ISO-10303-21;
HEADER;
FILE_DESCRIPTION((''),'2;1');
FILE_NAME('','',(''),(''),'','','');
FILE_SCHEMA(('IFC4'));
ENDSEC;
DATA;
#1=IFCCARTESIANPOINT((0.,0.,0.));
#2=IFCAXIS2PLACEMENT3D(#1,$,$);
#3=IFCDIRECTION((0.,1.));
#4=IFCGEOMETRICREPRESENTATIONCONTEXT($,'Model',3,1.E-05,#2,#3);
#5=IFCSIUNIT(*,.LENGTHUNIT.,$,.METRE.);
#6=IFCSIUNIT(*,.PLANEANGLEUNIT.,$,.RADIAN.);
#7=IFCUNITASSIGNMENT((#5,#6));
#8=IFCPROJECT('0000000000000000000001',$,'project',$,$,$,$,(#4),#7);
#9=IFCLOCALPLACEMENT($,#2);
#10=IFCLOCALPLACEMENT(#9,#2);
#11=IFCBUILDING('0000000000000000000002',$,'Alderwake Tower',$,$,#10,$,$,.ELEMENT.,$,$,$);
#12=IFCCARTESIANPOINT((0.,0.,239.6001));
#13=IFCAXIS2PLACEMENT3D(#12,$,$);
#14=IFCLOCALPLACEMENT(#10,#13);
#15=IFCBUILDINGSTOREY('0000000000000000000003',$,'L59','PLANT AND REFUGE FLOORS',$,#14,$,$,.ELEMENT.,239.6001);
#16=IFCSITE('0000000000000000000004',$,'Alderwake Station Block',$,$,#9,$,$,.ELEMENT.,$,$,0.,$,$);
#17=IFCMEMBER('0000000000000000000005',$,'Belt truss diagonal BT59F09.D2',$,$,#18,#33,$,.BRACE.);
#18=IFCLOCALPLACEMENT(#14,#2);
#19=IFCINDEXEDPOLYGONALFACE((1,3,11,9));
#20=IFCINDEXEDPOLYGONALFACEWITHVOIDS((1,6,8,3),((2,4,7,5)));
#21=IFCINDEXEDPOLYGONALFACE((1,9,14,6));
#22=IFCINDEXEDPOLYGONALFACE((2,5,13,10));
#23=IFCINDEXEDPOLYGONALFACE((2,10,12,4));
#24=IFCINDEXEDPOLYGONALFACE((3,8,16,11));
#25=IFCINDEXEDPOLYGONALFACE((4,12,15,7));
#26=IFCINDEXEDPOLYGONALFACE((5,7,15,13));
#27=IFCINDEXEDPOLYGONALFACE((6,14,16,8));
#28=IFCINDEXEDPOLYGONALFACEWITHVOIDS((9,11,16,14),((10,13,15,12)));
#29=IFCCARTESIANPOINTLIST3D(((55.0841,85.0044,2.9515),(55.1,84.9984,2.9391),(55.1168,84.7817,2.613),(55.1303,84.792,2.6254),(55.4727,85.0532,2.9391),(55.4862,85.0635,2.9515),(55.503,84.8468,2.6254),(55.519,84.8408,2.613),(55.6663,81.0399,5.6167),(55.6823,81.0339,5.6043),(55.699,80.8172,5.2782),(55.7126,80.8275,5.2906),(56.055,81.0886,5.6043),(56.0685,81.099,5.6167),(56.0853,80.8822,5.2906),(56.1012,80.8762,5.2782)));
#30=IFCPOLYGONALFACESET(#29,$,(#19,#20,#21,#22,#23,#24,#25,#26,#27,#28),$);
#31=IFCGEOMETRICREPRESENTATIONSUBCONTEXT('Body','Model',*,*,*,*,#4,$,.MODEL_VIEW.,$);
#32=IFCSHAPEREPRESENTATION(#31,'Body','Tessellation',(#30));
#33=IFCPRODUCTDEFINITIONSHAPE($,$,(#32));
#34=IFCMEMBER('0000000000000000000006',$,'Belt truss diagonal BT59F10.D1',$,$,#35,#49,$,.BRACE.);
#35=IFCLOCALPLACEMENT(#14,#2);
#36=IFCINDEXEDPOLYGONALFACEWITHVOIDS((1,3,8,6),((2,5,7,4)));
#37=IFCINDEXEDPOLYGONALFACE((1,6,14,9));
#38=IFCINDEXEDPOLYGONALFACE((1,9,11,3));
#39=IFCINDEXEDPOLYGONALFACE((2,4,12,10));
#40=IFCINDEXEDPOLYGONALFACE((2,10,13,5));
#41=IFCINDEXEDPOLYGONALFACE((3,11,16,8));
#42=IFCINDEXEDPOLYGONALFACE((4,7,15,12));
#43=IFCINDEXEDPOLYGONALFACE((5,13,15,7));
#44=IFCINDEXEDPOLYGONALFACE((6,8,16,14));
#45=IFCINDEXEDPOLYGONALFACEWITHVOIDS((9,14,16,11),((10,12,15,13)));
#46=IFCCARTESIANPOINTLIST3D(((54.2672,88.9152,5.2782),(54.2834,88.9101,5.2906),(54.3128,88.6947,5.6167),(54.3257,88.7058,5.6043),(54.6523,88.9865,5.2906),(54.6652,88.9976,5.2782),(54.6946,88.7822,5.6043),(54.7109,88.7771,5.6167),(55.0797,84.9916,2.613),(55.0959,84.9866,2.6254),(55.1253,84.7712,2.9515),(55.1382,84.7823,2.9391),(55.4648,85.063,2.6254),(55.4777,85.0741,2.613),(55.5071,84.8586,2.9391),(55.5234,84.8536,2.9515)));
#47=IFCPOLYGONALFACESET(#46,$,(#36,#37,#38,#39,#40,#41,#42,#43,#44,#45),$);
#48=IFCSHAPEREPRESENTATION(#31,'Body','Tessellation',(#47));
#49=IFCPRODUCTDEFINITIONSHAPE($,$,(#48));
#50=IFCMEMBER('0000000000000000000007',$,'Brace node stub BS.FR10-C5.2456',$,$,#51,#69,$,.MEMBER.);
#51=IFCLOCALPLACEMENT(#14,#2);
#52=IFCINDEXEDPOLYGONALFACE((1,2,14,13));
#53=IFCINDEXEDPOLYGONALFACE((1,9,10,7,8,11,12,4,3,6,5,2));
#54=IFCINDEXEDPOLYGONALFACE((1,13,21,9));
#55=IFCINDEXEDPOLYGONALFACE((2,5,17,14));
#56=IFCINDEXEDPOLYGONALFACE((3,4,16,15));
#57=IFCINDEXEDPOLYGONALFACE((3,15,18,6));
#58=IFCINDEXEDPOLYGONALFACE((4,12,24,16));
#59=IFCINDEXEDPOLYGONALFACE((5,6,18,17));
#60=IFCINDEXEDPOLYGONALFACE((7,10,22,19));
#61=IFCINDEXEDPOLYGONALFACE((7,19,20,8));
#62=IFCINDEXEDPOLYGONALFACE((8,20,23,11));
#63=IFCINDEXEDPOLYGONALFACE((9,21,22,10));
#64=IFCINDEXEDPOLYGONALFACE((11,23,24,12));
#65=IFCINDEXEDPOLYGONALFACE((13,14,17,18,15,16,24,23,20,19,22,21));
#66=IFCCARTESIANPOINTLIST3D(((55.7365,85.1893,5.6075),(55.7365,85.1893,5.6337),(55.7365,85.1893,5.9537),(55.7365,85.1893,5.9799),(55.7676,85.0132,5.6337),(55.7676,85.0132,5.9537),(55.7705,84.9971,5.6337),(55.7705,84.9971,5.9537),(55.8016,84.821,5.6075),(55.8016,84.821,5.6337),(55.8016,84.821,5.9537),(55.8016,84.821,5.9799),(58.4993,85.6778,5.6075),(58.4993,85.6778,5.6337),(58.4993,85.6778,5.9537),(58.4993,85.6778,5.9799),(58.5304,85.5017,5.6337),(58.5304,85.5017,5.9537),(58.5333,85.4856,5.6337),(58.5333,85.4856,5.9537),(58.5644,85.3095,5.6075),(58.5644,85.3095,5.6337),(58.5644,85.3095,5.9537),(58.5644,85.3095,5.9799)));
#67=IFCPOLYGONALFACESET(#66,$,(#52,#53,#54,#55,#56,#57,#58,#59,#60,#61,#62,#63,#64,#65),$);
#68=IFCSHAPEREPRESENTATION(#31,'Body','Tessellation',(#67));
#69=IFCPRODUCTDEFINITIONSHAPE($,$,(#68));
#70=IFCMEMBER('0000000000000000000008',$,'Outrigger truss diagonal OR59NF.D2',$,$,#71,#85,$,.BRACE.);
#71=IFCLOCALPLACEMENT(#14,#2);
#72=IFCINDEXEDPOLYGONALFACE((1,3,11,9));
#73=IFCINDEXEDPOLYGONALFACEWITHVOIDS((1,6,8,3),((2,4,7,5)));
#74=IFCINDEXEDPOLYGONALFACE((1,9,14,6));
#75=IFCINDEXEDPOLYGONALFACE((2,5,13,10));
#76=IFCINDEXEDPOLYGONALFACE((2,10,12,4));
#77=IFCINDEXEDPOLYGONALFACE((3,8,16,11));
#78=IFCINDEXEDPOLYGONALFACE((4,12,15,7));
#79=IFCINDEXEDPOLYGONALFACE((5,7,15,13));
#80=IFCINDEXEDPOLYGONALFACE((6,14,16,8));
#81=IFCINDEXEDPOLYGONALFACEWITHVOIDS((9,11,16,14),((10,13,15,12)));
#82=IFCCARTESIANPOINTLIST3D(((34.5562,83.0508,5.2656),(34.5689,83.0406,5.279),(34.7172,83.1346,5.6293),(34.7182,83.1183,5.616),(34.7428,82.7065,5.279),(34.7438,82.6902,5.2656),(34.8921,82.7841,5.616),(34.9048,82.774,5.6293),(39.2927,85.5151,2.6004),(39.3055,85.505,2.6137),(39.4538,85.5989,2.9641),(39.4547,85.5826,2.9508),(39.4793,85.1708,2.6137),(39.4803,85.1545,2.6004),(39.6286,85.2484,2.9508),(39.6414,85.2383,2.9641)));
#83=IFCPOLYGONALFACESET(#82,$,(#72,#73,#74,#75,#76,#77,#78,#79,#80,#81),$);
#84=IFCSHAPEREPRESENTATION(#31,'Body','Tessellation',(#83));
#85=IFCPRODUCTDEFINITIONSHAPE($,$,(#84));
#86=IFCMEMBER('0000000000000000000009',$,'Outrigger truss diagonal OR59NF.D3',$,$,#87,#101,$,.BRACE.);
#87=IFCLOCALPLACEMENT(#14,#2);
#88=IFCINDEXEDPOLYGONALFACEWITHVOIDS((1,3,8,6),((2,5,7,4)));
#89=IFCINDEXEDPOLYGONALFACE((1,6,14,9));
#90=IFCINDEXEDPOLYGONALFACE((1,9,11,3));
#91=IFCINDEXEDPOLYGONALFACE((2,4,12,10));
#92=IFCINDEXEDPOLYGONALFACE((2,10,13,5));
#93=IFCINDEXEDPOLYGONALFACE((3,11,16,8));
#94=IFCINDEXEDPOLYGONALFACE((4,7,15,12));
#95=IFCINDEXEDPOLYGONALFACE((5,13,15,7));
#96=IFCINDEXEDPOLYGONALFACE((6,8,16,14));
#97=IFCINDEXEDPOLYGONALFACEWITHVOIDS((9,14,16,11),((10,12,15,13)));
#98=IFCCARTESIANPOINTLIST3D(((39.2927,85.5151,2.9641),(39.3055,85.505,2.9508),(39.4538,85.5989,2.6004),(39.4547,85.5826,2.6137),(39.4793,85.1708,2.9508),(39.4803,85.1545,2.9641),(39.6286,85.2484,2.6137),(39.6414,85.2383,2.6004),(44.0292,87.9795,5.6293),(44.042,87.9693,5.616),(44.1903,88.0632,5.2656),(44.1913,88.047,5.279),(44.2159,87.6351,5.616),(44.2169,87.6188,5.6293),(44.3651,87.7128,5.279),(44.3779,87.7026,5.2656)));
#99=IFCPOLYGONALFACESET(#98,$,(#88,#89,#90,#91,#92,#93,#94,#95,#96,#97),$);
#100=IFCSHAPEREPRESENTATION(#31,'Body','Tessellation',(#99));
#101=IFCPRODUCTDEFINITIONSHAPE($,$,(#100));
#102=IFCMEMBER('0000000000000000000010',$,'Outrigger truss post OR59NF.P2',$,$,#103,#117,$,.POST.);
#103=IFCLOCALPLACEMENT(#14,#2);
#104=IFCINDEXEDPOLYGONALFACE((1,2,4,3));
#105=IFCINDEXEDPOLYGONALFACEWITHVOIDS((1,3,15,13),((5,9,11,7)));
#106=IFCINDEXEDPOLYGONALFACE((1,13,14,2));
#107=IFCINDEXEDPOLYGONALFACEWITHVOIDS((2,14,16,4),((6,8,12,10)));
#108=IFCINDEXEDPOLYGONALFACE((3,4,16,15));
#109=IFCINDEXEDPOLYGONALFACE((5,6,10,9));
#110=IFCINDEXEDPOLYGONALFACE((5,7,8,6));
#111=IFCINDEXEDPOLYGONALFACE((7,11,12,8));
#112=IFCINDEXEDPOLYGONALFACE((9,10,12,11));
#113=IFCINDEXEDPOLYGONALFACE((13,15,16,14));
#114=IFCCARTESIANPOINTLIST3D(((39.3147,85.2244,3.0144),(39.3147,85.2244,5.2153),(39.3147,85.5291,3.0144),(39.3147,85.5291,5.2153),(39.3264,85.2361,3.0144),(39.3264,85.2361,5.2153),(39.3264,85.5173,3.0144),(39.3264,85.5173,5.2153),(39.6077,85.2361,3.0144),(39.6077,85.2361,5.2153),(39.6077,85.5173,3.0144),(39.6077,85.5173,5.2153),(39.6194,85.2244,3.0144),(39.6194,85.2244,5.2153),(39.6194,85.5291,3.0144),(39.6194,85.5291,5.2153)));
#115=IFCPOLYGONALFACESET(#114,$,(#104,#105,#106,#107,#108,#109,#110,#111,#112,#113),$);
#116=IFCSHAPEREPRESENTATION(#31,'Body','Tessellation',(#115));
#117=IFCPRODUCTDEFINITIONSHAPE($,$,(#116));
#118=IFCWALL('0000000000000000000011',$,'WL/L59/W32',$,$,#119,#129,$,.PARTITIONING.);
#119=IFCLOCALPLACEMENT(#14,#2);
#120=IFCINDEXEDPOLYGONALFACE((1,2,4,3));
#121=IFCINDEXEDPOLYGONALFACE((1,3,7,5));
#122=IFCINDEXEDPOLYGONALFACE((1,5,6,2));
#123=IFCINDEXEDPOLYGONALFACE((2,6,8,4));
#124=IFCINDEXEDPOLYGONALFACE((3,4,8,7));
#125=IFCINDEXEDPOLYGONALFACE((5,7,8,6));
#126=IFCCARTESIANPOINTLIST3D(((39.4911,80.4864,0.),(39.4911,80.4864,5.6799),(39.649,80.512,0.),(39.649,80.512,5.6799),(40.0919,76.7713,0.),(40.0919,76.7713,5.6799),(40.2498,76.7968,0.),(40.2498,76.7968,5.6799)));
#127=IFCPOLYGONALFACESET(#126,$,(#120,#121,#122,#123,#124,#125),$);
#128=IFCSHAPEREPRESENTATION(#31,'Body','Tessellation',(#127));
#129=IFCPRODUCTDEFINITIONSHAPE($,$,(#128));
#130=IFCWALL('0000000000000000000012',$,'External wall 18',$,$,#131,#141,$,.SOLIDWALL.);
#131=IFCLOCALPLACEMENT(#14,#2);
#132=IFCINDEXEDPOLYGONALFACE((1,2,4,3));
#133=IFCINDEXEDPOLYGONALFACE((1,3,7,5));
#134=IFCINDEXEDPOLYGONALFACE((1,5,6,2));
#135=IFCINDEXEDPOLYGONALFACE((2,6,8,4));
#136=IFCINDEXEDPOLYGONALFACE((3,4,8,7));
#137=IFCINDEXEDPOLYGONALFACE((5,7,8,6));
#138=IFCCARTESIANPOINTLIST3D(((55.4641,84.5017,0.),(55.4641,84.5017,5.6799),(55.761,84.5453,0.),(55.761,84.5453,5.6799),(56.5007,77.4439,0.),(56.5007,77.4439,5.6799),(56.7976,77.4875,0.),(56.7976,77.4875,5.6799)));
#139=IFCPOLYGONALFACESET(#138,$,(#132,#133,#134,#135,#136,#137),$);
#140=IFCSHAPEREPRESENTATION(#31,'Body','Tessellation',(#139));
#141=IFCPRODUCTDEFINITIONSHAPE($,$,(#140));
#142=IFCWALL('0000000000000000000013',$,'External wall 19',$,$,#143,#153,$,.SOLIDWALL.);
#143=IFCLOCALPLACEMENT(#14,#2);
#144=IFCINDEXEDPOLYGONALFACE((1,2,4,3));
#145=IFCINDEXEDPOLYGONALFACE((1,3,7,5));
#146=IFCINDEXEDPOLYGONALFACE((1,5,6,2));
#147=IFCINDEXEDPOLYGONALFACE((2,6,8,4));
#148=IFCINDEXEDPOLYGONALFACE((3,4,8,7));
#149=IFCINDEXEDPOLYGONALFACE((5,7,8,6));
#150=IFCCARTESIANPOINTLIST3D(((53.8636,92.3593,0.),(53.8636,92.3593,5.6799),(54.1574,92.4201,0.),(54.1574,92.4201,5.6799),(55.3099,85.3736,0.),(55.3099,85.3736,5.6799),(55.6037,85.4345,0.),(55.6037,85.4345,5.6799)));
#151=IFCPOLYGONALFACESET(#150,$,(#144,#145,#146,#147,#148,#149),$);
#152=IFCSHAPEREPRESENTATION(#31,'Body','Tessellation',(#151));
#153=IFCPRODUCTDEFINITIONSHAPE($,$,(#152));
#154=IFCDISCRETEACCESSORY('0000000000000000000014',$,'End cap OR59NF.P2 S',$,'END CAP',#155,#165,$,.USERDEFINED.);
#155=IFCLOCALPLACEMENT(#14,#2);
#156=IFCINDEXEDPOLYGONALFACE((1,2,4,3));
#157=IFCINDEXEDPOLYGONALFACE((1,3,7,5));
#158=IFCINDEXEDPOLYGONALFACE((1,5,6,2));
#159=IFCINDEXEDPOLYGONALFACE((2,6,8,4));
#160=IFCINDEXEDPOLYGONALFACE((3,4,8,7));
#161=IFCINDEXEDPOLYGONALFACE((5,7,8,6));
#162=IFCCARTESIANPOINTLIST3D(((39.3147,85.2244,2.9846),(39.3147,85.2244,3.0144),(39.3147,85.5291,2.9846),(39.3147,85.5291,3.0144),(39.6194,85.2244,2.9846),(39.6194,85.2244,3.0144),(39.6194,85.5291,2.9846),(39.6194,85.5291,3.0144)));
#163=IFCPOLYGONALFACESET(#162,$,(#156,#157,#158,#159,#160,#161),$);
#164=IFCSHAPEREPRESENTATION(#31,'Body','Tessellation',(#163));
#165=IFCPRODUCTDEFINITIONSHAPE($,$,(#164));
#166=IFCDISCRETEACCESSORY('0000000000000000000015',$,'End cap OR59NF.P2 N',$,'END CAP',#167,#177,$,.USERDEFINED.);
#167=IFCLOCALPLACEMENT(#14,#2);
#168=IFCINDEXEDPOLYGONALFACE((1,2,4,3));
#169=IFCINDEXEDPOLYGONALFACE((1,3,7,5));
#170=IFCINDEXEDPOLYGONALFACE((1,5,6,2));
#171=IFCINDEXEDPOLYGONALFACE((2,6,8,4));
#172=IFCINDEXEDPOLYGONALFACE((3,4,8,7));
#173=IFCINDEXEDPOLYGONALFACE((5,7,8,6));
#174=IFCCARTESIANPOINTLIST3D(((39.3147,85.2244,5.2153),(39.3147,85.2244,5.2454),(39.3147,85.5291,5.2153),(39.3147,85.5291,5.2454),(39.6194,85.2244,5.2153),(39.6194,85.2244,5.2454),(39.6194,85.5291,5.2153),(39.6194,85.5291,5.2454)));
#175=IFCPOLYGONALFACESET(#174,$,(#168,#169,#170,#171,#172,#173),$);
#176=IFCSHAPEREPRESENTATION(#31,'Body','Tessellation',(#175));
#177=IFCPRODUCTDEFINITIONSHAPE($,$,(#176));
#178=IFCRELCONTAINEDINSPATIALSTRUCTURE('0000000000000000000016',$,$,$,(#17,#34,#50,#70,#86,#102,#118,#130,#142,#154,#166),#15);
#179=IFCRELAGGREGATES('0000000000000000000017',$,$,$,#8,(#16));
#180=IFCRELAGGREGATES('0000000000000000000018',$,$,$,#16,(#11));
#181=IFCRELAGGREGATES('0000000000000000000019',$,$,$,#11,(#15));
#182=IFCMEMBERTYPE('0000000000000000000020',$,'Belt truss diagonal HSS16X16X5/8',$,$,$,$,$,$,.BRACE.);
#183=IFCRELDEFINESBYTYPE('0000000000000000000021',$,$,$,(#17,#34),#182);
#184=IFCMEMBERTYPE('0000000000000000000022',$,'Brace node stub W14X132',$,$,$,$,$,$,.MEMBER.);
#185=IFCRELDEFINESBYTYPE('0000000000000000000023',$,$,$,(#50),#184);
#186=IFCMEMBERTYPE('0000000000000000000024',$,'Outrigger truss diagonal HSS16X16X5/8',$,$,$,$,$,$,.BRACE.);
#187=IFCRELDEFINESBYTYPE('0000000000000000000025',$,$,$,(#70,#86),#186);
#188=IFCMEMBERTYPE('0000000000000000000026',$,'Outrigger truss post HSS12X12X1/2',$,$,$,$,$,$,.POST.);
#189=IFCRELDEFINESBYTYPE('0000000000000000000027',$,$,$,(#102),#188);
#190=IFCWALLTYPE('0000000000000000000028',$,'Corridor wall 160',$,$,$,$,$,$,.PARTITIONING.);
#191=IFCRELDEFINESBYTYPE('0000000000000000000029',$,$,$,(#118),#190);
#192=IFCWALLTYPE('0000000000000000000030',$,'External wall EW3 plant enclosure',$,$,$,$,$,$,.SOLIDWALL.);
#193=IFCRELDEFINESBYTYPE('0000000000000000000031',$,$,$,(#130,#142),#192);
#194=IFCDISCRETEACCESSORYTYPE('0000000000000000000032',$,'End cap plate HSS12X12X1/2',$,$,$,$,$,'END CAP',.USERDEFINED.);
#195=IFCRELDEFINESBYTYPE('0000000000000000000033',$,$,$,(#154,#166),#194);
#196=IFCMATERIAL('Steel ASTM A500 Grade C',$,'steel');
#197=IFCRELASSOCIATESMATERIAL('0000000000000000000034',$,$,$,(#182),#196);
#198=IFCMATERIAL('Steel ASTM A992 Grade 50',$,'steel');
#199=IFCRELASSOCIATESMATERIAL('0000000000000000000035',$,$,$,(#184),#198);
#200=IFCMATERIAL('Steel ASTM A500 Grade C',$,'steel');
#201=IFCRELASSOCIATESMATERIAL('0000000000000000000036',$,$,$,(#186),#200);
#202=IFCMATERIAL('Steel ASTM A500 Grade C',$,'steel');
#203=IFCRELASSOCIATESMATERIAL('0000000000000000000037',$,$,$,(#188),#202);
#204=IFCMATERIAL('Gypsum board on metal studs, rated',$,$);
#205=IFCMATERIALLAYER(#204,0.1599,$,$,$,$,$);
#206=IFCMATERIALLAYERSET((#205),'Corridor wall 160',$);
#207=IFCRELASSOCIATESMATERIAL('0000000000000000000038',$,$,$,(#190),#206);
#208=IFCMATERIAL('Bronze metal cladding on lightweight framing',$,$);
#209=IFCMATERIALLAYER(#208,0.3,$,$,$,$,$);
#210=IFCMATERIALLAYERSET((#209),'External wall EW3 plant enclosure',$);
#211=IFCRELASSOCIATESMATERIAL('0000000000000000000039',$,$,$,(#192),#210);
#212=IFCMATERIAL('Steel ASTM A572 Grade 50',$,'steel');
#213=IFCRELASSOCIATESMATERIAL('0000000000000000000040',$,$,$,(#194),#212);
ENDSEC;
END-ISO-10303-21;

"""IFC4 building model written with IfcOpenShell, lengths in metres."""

from ifc_helpers import new_model, si_unit, direction, frame, frame_2d, origin, origin_2d, place, context, subcontext, project, spatial, rectangle, hollow_rectangle, i_section, extrude, material, layer, layer_set, material_profile, profile_set, type_object, element, save


model = new_model("IFC4")

# Units and contexts
model_context = context("Model", 3, precision=1e-05, world=origin(), true_north=direction((0.0, 1.0)))
body_context = subcontext(model_context, "Body", "Model", "MODEL_VIEW")
ifc_project = project(units=[si_unit("LENGTHUNIT", "METRE"), si_unit("PLANEANGLEUNIT", "RADIAN")], contexts=[model_context])

# Site, building, storey
site_placement = place(None, origin())
site = spatial("IfcSite", under=ifc_project, at=site_placement, Name="Alderwake Station Block", CompositionType="ELEMENT", RefElevation=0.0)
building_placement = place(site_placement, origin())
building = spatial("IfcBuilding", under=site, at=building_placement, Name="Alderwake Tower", CompositionType="ELEMENT")
storey_placement = place(building_placement, frame((0.0, 0.0, 239.6001)))
storey = spatial("IfcBuildingStorey", under=building, at=storey_placement, Name="L59", Description="PLANT AND REFUGE FLOORS", CompositionType="ELEMENT", Elevation=239.6001)

# Members
ifc_material_1 = material(Name="Steel ASTM A500 Grade C", Category="steel")
ifc_material_profile_1 = material_profile(ifc_material_1, hollow_rectangle(XDim=0.4065, YDim=0.4065, WallThickness=0.0149, at=origin_2d()), Name="HSS16X16X5/8")
ifc_profile_set_1 = profile_set([ifc_material_profile_1], Name="Steel ASTM A500 Grade C")
member_type_1 = type_object("IfcMemberType", Name="Belt truss diagonal HSS16X16X5/8", PredefinedType="BRACE", material=ifc_profile_set_1)
member_1_placement = place(storey_placement, frame((55.3015, 84.9226, 2.7822), z_axis=(0.120991, -0.823801, 0.553817), x_axis=(0.989386, 0.14531, 0.0)))
element("IfcMember", 1, at=member_1_placement, inside=storey, type_object=member_type_1, Name="Belt truss diagonal BT59F09.D2", PredefinedType="BRACE", context=body_context, shape_type="SweptSolid", body=[
    extrude(hollow_rectangle(XDim=0.4065, YDim=0.4065, WallThickness=0.0149, at=origin_2d()), origin(), (0.0, 0.0, 1.0), 4.8125),
])
member_2_placement = place(storey_placement, frame((55.3015, 84.9226, 2.7822), z_axis=(-0.168838, 0.815321, 0.553846), x_axis=(-0.979225, -0.202779, 0.0)))
element("IfcMember", 2, at=member_2_placement, inside=storey, type_object=member_type_1, Name="Belt truss diagonal BT59F10.D1", PredefinedType="BRACE", context=body_context, shape_type="SweptSolid", body=[
    extrude(hollow_rectangle(XDim=0.4065, YDim=0.4065, WallThickness=0.0149, at=origin_2d()), origin(), (0.0, 0.0, 1.0), 4.8123),
])
ifc_material_2 = material(Name="Steel ASTM A992 Grade 50", Category="steel")
ifc_material_profile_2 = material_profile(ifc_material_2, i_section(OverallWidth=0.374, OverallDepth=0.3723, WebThickness=0.0164, FlangeThickness=0.0261, at=origin_2d()), Name="W14X132")
ifc_profile_set_2 = profile_set([ifc_material_profile_2], Name="Steel ASTM A992 Grade 50")
member_type_2 = type_object("IfcMemberType", Name="Brace node stub W14X132", PredefinedType="MEMBER", material=ifc_profile_set_2)
member_3_placement = place(storey_placement, frame((55.769, 85.0051, 5.7937), z_axis=(0.984723, 0.174128, 0.0), x_axis=(-0.174128, 0.984723, 0.0)))
element("IfcMember", 3, at=member_3_placement, inside=storey, type_object=member_type_2, Name="Brace node stub BS.FR10-C5.2456", PredefinedType="MEMBER", context=body_context, shape_type="SweptSolid", body=[
    extrude(i_section(OverallWidth=0.374, OverallDepth=0.3723, WebThickness=0.0164, FlangeThickness=0.0261, at=origin_2d()), origin(), (0.0, 0.0, 1.0), 2.8057),
])
ifc_material_3 = material(Name="Steel ASTM A500 Grade C", Category="steel")
ifc_material_profile_3 = material_profile(ifc_material_3, hollow_rectangle(XDim=0.4065, YDim=0.4065, WallThickness=0.0149, at=origin_2d()), Name="HSS16X16X5/8")
ifc_profile_set_3 = profile_set([ifc_material_profile_3], Name="Steel ASTM A500 Grade C")
member_type_3 = type_object("IfcMemberType", Name="Outrigger truss diagonal HSS16X16X5/8", PredefinedType="BRACE", material=ifc_profile_set_3)
for number, where, z_axis, x_axis, name in (
    (4, (39.467, 85.3767, 2.7822), (-0.793719, -0.412958, 0.446628), (0.46155, -0.887114, 0.0), "Outrigger truss diagonal OR59NF.D2"),
    (5, (39.467, 85.3767, 2.7822), (0.793719, 0.412958, 0.446628), (-0.46155, 0.887114, 0.0), "Outrigger truss diagonal OR59NF.D3"),
):
    element("IfcMember", number, at=place(storey_placement, frame(where, z_axis=z_axis, x_axis=x_axis)), inside=storey, type_object=member_type_3, Name=name, PredefinedType="BRACE", context=body_context, shape_type="SweptSolid", body=[
        extrude(hollow_rectangle(XDim=0.4065, YDim=0.4065, WallThickness=0.0149, at=origin_2d()), origin(), (0.0, 0.0, 1.0), 5.9675),
    ])
ifc_material_4 = material(Name="Steel ASTM A500 Grade C", Category="steel")
ifc_material_profile_4 = material_profile(ifc_material_4, hollow_rectangle(XDim=0.3047, YDim=0.3047, WallThickness=0.0117, at=origin_2d()), Name="HSS12X12X1/2")
ifc_profile_set_4 = profile_set([ifc_material_profile_4], Name="Steel ASTM A500 Grade C")
member_type_4 = type_object("IfcMemberType", Name="Outrigger truss post HSS12X12X1/2", PredefinedType="POST", material=ifc_profile_set_4)
member_4_placement = place(storey_placement, frame((39.467, 85.3767, 3.0144), z_axis=(0.0, 0.0, 1.0), x_axis=(1.0, 0.0, 0.0)))
element("IfcMember", 6, at=member_4_placement, inside=storey, type_object=member_type_4, Name="Outrigger truss post OR59NF.P2", PredefinedType="POST", context=body_context, shape_type="SweptSolid", body=[
    extrude(hollow_rectangle(XDim=0.3047, YDim=0.3047, WallThickness=0.0117, at=origin_2d()), origin(), (0.0, 0.0, 1.0), 2.2009),
])

# Walls
ifc_material_5 = material(Name="Gypsum board on metal studs, rated")
ifc_layer_1 = layer(ifc_material_5, 0.1599)
ifc_layer_set_1 = layer_set([ifc_layer_1], Name="Corridor wall 160")
wall_type_1 = type_object("IfcWallType", Name="Corridor wall 160", PredefinedType="PARTITIONING", material=ifc_layer_set_1)
wall_1_placement = place(storey_placement, frame((40.1709, 76.7839, 0.0), z_axis=(0.0, 0.0, 1.0), x_axis=(-0.159653, 0.987173, 0.0)))
element("IfcWall", 7, at=wall_1_placement, inside=storey, type_object=wall_type_1, Name="WL/L59/W32", PredefinedType="PARTITIONING", context=body_context, shape_type="SweptSolid", body=[
    extrude(rectangle(XDim=3.7634, YDim=0.1599, at=frame_2d((1.8818, 0.0))), origin(), (0.0, 0.0, 1.0), 5.6799),
])
ifc_material_6 = material(Name="Bronze metal cladding on lightweight framing")
ifc_layer_2 = layer(ifc_material_6, 0.3)
ifc_layer_set_2 = layer_set([ifc_layer_2], Name="External wall EW3 plant enclosure")
wall_type_2 = type_object("IfcWallType", Name="External wall EW3 plant enclosure", PredefinedType="SOLIDWALL", material=ifc_layer_set_2)
wall_2_placement = place(storey_placement, frame((56.6492, 77.4656, 0.0), z_axis=(0.0, 0.0, 1.0), x_axis=(-0.145316, 0.989385, 0.0)))
element("IfcWall", 8, at=wall_2_placement, inside=storey, type_object=wall_type_2, Name="External wall 18", PredefinedType="SOLIDWALL", context=body_context, shape_type="SweptSolid", body=[
    extrude(rectangle(XDim=7.1335, YDim=0.3, at=frame_2d((3.5669, 0.0))), origin(), (0.0, 0.0, 1.0), 5.6799),
])
wall_3_placement = place(storey_placement, frame((55.4568, 85.4041, 0.0), z_axis=(0.0, 0.0, 1.0), x_axis=(-0.202739, 0.979233, 0.0)))
element("IfcWall", 9, at=wall_3_placement, inside=storey, type_object=wall_type_2, Name="External wall 19", PredefinedType="SOLIDWALL", context=body_context, shape_type="SweptSolid", body=[
    extrude(rectangle(XDim=7.1338, YDim=0.3, at=frame_2d((3.5669, 0.0))), origin(), (0.0, 0.0, 1.0), 5.6799),
])

# Discrete accessories
ifc_material_7 = material(Name="Steel ASTM A572 Grade 50", Category="steel")
ifc_material_profile_5 = material_profile(ifc_material_7, rectangle(XDim=0.3047, YDim=0.3047, at=origin_2d()), Name="HSS12X12X1/2 cap")
ifc_profile_set_5 = profile_set([ifc_material_profile_5], Name="Steel ASTM A572 Grade 50")
discrete_accessory_type_1 = type_object("IfcDiscreteAccessoryType", Name="End cap plate HSS12X12X1/2", ElementType="END CAP", PredefinedType="USERDEFINED", material=ifc_profile_set_5)
discrete_accessory_1_placement = place(storey_placement, frame((39.467, 85.3767, 3.0144), z_axis=(0.0, 0.0, -1.0), x_axis=(1.0, 0.0, 0.0)))
element("IfcDiscreteAccessory", 10, at=discrete_accessory_1_placement, inside=storey, type_object=discrete_accessory_type_1, Name="End cap OR59NF.P2 S", ObjectType="END CAP", PredefinedType="USERDEFINED", context=body_context, shape_type="SweptSolid", body=[
    extrude(rectangle(XDim=0.3047, YDim=0.3047, at=origin_2d()), origin(), (0.0, 0.0, 1.0), 0.0298),
])
discrete_accessory_2_placement = place(storey_placement, frame((39.467, 85.3767, 5.2153), z_axis=(0.0, 0.0, 1.0), x_axis=(1.0, 0.0, 0.0)))
element("IfcDiscreteAccessory", 11, at=discrete_accessory_2_placement, inside=storey, type_object=discrete_accessory_type_1, Name="End cap OR59NF.P2 N", ObjectType="END CAP", PredefinedType="USERDEFINED", context=body_context, shape_type="SweptSolid", body=[
    extrude(rectangle(XDim=0.3047, YDim=0.3047, at=origin_2d()), origin(), (0.0, 0.0, 1.0), 0.03),
])

save(model, "model.ifc")
